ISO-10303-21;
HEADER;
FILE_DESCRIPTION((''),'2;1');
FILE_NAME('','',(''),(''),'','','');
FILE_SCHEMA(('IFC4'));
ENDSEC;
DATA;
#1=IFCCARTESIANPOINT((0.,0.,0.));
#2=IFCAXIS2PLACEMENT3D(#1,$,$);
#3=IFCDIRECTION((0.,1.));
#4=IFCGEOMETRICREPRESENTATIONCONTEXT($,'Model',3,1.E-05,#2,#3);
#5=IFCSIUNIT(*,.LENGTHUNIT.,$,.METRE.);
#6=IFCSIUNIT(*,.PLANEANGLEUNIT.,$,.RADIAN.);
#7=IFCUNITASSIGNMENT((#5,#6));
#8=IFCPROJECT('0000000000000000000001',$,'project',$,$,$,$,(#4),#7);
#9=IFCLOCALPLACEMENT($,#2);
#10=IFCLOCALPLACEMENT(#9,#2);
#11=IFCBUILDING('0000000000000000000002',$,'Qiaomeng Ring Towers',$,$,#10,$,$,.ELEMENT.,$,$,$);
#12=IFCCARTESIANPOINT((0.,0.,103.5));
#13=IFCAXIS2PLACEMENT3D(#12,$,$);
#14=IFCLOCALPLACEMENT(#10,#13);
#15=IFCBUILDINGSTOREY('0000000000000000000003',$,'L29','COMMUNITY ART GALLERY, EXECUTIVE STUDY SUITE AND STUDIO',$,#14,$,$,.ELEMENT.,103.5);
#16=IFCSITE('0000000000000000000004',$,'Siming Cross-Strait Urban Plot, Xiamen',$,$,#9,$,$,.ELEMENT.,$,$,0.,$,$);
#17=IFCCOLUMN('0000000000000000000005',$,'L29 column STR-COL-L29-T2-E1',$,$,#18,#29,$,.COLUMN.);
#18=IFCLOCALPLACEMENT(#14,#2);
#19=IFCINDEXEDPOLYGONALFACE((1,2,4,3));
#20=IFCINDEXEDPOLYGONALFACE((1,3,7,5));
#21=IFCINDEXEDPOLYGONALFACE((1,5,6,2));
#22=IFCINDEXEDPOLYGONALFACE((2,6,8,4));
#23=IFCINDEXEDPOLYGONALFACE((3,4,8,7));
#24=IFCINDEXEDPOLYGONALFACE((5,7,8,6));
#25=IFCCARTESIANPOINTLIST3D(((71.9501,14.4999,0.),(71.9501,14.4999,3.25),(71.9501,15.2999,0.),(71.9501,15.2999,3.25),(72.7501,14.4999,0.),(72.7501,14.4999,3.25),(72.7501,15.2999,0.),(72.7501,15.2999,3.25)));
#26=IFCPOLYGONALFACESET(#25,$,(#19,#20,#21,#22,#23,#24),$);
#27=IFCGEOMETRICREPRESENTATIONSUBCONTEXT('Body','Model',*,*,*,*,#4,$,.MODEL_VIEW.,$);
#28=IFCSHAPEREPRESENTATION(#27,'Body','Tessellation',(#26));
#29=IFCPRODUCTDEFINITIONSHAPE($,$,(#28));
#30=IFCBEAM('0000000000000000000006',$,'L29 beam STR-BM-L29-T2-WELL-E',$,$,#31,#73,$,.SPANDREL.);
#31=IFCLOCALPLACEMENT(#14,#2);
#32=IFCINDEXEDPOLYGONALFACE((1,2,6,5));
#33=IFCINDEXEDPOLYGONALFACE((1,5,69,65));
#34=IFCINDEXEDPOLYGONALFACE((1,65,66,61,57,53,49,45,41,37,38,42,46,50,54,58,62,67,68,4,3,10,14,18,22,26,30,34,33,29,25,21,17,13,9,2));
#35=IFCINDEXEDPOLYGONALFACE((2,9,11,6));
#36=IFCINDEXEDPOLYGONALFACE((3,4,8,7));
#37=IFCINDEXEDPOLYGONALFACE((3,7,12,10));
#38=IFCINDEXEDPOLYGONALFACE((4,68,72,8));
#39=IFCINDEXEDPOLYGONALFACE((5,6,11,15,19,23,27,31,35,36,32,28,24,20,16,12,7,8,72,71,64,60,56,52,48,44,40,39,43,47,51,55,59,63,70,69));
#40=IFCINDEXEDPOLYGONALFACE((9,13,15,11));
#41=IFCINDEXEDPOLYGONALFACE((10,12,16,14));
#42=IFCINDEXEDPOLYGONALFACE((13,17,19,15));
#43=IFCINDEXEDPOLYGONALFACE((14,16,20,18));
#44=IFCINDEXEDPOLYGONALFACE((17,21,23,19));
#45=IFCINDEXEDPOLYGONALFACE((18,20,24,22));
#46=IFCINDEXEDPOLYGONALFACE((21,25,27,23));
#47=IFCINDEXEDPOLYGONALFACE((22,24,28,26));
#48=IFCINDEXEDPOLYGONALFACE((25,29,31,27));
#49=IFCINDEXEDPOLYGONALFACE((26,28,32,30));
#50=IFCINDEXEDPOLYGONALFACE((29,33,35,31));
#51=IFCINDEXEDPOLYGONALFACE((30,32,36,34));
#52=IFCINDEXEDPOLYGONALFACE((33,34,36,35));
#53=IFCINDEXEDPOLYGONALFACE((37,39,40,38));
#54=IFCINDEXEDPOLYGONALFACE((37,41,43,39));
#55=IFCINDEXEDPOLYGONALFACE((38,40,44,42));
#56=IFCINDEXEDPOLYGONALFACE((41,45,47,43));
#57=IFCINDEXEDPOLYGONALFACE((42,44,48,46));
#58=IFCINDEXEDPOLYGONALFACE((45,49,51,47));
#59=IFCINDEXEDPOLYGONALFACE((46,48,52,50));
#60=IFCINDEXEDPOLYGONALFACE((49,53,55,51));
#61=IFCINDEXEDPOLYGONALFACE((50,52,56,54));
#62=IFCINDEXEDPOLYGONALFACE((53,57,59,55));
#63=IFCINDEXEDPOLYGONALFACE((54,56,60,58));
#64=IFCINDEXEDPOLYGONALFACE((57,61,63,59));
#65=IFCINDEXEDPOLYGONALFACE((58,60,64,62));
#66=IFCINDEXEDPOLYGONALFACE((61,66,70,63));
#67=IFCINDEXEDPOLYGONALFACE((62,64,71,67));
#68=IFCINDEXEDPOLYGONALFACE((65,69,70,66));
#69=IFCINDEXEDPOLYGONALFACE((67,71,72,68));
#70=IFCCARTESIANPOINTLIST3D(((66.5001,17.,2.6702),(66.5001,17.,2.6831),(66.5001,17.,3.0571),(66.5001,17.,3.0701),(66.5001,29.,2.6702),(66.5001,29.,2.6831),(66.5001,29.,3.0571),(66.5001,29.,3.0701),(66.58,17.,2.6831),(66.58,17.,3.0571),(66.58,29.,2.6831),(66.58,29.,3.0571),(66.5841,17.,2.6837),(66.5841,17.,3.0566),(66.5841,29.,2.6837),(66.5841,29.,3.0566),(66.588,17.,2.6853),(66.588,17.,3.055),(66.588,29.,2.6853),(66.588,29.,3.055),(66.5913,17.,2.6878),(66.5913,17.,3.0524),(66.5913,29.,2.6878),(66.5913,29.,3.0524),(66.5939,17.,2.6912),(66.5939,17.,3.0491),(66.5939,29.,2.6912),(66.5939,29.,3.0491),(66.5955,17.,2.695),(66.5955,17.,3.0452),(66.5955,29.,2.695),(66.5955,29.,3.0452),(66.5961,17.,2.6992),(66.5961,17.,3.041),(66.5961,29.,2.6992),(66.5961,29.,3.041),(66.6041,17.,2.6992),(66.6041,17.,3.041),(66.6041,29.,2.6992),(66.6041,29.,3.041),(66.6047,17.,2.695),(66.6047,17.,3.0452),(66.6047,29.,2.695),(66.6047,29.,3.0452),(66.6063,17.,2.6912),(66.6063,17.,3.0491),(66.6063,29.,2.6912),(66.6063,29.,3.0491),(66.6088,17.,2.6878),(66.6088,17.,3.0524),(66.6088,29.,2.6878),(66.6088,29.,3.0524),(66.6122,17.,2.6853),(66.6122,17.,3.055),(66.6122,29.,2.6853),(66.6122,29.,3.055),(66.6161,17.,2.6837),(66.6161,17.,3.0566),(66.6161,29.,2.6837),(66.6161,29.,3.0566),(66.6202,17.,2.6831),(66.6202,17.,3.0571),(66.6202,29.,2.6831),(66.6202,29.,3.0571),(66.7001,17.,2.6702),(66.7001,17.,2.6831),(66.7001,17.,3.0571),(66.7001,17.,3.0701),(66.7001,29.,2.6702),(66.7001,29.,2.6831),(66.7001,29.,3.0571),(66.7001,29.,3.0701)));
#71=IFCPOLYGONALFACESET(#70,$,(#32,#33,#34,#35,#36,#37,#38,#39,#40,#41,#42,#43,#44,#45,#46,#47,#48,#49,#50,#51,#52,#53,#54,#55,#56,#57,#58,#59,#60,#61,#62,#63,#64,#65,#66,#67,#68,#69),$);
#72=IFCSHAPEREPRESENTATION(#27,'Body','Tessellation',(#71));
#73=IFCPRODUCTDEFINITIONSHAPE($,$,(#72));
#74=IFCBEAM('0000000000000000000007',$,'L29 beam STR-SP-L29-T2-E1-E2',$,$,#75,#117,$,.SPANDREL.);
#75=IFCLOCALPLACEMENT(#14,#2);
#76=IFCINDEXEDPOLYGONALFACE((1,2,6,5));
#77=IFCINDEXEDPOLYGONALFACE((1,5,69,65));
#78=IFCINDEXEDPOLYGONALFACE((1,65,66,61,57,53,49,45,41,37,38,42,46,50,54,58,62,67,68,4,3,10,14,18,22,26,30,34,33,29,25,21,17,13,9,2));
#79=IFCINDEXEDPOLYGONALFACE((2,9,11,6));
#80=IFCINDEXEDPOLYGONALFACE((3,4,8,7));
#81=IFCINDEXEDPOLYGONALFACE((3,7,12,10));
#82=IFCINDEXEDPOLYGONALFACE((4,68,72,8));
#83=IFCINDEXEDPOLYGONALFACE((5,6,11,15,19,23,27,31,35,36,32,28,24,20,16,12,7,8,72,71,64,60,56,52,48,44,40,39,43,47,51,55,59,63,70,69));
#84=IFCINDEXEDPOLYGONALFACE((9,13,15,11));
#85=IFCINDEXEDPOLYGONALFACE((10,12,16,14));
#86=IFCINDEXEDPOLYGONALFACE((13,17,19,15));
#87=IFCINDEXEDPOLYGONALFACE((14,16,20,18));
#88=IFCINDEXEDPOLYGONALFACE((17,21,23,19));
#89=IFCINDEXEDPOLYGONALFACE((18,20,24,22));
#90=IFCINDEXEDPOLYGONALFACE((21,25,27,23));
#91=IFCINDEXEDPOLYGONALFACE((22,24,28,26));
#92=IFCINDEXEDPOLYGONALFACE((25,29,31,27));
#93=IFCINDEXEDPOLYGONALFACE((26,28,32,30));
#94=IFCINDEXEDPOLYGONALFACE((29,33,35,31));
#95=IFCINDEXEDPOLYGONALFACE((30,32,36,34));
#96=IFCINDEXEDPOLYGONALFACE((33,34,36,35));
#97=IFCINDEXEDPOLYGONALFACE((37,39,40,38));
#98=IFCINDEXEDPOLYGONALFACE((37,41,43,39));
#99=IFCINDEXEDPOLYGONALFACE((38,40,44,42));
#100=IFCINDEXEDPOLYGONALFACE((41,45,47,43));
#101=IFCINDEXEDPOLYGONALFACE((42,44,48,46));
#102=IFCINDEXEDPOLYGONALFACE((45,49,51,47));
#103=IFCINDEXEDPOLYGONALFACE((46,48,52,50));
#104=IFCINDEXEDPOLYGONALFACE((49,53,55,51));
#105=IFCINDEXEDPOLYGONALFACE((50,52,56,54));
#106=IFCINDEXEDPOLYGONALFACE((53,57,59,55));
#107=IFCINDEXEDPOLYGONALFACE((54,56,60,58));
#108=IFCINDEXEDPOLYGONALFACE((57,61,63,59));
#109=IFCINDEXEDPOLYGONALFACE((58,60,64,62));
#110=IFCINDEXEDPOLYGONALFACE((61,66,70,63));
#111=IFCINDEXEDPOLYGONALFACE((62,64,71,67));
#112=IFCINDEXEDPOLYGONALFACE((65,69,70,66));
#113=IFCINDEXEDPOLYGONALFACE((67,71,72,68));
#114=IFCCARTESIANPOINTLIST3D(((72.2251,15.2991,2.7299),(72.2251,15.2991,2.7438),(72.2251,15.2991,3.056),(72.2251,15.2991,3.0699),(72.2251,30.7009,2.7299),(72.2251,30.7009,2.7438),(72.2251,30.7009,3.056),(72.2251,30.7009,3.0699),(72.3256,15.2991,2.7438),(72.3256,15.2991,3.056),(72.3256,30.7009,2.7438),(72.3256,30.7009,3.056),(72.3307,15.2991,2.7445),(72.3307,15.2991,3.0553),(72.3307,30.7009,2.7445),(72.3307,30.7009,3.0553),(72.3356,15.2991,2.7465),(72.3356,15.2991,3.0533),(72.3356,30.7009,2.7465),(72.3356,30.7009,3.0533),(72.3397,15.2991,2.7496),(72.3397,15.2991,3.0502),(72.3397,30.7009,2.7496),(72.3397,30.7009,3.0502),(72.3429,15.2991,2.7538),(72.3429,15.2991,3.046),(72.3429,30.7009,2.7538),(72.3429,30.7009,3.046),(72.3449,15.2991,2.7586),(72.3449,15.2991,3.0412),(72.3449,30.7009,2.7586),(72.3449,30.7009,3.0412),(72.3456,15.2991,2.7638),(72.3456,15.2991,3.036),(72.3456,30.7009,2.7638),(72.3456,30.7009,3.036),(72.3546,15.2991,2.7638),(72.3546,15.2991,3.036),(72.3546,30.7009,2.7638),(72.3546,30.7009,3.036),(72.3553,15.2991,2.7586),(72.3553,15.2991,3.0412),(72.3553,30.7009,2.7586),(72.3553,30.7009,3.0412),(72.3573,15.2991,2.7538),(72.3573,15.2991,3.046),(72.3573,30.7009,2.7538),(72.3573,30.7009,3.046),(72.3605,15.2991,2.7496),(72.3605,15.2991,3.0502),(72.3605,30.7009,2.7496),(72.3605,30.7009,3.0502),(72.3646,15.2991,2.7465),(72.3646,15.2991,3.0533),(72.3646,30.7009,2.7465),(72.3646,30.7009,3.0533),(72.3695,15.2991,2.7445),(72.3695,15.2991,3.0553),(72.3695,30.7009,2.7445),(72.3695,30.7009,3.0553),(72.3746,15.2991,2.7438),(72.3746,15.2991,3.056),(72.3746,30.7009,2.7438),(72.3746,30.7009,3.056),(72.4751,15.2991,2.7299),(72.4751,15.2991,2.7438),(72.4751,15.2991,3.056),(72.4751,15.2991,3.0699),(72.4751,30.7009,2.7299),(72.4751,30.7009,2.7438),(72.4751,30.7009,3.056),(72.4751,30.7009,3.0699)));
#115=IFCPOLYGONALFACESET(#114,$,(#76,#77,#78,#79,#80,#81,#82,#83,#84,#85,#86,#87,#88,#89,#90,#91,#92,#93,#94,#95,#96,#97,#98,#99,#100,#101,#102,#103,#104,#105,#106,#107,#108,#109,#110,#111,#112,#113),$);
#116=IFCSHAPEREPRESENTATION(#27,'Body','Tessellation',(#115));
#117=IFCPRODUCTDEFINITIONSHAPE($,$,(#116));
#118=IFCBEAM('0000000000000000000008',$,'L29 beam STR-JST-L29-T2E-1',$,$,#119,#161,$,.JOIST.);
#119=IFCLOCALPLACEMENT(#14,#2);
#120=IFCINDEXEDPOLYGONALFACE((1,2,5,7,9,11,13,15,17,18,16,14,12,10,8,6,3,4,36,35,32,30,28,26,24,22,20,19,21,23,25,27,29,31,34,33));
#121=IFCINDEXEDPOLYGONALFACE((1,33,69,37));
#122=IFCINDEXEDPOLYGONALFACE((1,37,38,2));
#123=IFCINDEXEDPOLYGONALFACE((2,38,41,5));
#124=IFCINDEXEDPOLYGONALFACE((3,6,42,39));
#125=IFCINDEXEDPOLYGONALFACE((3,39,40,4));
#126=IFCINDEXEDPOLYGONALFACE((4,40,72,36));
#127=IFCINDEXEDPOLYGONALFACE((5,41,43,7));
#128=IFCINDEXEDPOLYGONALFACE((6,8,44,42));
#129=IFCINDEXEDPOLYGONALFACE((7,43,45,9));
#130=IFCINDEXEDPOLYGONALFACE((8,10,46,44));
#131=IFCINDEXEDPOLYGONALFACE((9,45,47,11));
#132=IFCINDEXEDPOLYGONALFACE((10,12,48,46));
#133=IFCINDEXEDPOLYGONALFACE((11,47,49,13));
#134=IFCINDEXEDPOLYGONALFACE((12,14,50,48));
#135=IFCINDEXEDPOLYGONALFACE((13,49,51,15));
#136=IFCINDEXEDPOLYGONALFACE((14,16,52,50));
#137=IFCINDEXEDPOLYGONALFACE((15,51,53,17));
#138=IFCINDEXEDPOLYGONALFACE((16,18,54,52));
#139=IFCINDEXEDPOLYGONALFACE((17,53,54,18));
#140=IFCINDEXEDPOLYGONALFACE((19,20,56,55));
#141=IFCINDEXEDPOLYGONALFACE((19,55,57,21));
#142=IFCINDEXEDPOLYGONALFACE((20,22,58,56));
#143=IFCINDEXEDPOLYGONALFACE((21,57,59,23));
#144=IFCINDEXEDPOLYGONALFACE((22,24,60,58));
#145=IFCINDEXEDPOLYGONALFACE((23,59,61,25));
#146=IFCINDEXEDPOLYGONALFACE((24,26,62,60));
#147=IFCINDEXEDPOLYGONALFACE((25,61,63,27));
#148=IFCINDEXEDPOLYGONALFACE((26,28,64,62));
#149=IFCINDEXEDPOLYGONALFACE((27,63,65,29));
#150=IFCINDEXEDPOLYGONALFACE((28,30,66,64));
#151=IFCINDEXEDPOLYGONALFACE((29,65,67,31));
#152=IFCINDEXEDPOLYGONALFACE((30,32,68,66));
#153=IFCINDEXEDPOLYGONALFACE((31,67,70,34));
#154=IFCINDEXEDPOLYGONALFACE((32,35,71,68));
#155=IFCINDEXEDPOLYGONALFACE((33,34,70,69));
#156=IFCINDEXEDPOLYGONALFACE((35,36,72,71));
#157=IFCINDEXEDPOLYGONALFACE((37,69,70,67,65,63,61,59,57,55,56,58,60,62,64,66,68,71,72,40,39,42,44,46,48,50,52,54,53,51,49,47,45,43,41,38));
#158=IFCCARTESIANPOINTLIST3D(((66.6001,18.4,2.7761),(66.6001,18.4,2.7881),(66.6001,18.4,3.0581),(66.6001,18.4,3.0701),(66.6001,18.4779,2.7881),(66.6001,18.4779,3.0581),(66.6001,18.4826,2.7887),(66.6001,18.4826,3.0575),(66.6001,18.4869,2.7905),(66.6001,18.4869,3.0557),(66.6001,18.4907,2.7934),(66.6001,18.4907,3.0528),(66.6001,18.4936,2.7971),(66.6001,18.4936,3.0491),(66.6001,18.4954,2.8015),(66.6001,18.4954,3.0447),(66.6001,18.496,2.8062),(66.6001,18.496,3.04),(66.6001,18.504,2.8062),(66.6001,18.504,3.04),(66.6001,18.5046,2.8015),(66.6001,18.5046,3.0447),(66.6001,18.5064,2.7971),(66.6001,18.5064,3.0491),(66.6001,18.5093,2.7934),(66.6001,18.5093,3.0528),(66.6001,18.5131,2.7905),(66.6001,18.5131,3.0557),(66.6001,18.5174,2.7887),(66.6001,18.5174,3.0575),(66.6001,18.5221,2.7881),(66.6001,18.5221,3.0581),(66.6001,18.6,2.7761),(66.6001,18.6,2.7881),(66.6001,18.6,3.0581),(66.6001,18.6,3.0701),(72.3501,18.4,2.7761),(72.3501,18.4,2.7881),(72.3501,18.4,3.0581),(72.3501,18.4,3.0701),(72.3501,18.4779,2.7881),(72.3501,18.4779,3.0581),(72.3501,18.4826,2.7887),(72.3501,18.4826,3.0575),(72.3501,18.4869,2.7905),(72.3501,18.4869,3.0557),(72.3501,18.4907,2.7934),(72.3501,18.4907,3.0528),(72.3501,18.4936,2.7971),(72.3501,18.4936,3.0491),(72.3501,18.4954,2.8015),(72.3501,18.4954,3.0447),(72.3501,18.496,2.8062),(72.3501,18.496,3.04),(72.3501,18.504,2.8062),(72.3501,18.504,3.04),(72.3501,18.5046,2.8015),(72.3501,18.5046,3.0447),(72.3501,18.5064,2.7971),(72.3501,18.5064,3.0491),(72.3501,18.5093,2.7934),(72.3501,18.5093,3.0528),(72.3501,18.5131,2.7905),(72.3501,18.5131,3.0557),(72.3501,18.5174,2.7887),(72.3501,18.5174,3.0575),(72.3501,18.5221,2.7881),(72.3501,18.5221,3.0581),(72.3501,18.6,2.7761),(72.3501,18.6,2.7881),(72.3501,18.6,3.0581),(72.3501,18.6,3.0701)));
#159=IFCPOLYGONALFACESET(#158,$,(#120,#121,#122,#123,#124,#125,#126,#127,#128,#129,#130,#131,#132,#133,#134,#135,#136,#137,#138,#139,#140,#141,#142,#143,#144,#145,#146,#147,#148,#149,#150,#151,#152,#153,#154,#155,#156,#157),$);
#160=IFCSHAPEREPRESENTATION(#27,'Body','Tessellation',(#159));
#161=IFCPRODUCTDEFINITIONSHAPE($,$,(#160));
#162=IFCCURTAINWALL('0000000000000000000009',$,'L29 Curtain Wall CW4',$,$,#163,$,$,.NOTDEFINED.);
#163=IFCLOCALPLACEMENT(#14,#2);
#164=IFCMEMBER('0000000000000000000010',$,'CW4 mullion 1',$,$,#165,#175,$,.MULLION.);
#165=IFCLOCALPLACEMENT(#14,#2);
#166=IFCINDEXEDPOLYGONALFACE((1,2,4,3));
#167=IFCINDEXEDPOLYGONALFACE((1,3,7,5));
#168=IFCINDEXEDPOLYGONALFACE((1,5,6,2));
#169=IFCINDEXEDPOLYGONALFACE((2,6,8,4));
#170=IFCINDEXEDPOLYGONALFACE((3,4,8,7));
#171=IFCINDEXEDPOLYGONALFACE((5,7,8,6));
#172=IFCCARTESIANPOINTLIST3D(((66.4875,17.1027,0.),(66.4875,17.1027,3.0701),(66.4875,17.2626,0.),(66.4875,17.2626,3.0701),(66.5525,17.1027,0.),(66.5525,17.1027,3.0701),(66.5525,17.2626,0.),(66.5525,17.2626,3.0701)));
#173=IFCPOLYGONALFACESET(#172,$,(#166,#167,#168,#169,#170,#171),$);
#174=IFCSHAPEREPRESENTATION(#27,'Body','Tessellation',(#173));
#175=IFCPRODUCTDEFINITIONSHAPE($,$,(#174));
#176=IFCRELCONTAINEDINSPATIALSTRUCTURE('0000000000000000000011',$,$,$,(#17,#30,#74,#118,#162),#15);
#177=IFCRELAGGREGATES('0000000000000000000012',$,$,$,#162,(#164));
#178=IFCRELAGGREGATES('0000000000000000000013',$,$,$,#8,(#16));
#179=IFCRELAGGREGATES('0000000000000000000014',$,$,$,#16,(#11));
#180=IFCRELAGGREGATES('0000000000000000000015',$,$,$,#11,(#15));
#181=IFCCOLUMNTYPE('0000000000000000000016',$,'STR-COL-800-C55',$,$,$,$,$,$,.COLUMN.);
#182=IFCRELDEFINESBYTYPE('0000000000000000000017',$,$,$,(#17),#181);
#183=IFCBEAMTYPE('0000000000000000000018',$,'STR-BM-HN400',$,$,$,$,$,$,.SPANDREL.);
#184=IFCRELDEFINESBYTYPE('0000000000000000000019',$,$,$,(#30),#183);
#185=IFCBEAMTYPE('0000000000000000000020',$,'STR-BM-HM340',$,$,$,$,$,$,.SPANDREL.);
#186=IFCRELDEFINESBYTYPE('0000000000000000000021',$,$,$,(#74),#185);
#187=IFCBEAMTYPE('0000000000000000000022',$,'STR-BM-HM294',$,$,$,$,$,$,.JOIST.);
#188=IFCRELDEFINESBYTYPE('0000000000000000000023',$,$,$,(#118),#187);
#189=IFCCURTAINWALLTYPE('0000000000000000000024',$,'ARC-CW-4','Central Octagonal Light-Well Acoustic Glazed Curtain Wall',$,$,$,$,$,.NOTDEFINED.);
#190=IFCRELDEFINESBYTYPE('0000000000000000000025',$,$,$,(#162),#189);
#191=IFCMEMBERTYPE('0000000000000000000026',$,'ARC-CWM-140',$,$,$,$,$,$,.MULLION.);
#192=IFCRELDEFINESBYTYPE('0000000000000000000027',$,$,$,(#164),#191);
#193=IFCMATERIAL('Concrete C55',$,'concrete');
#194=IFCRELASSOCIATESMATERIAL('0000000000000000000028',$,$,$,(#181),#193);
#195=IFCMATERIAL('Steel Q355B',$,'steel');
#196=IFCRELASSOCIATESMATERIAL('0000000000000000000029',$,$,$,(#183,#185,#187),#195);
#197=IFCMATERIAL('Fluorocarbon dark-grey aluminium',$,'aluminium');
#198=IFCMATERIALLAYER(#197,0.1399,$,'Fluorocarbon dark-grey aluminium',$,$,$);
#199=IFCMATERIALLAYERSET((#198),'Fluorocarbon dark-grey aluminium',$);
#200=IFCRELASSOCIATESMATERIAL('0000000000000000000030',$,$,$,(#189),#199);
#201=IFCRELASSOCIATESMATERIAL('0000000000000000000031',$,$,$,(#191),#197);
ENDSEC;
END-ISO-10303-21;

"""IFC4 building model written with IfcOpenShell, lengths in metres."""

from ifc_helpers import new_model, si_unit, direction, frame, origin, origin_2d, place, context, subcontext, project, spatial, rectangle, i_section, extrude, source, transform, mapped, material, layer, layer_set, material_profile, profile_set, type_object, element, aggregate, save


model = new_model("IFC4")

# Units and contexts
model_context = context("Model", 3, precision=1e-05, world=origin(), true_north=direction((0.0, 1.0)))
body_context = subcontext(model_context, "Body", "Model", "MODEL_VIEW")
ifc_project = project(units=[si_unit("LENGTHUNIT", "METRE"), si_unit("PLANEANGLEUNIT", "RADIAN")], contexts=[model_context])

# Site, building, storey
site_placement = place(None, origin())
site = spatial("IfcSite", under=ifc_project, at=site_placement, Name="Siming Cross-Strait Urban Plot, Xiamen", CompositionType="ELEMENT", RefElevation=0.0)
building_placement = place(site_placement, origin())
building = spatial("IfcBuilding", under=site, at=building_placement, Name="Qiaomeng Ring Towers", CompositionType="ELEMENT")
storey_placement = place(building_placement, frame((0.0, 0.0, 103.5)))
storey = spatial("IfcBuildingStorey", under=building, at=storey_placement, Name="L29", Description="COMMUNITY ART GALLERY, EXECUTIVE STUDY SUITE AND STUDIO", CompositionType="ELEMENT", Elevation=103.5)

# Column
ifc_material_1 = material(Name="Concrete C55", Category="concrete")
ifc_material_profile_1 = material_profile(ifc_material_1, rectangle(XDim=0.8, YDim=0.8, at=origin_2d()), Name="RC COL 800x800")
ifc_profile_set_1 = profile_set([ifc_material_profile_1], Name="Concrete C55")
column_type = type_object("IfcColumnType", Name="STR-COL-800-C55", PredefinedType="COLUMN", material=ifc_profile_set_1)
shared_shape_1 = source(origin(), body_context, "Body", "SweptSolid", [
    extrude(rectangle(XDim=0.8, YDim=0.8, at=origin_2d()), origin(), (0.0, 0.0, 1.0), 3.25),
])
column_placement = place(storey_placement, frame((72.3501, 14.8999, 0.0), z_axis=(0.0, 0.0, 1.0), x_axis=(1.0, 0.0, 0.0)))
element("IfcColumn", 1, at=column_placement, inside=storey, type_object=column_type, Name="L29 column STR-COL-L29-T2-E1", PredefinedType="COLUMN", context=body_context, shape_type="MappedRepresentation", body=[
    mapped(shared_shape_1, transform((0.0, 0.0, 0.0), x_axis=(1.0, 0.0, 0.0), y_axis=(0.0, 1.0, 0.0), z_axis=(0.0, 0.0, 1.0), scale=1.0)),
])

# Beams
ifc_material_2 = material(Name="Steel Q355B", Category="steel")
ifc_material_profile_2 = material_profile(ifc_material_2, i_section(OverallWidth=0.2, OverallDepth=0.3999, WebThickness=0.0081, FlangeThickness=0.0129, FilletRadius=0.0161, at=origin_2d()), Name="HN 400x200x8x13")
ifc_profile_set_2 = profile_set([ifc_material_profile_2], Name="Steel Q355B")
beam_type_1 = type_object("IfcBeamType", Name="STR-BM-HN400", PredefinedType="SPANDREL", material=ifc_profile_set_2)
shared_shape_2 = source(origin(), body_context, "Body", "SweptSolid", [
    extrude(i_section(OverallWidth=0.2, OverallDepth=0.3999, WebThickness=0.0081, FlangeThickness=0.0129, FilletRadius=0.0161, at=origin_2d()), origin(), (0.0, 0.0, 1.0), 12.0),
])
beam_1_placement = place(storey_placement, frame((66.6001, 17.0, 2.8701), z_axis=(0.0, 1.0, 0.0), x_axis=(-1.0, 0.0, 0.0)))
element("IfcBeam", 2, at=beam_1_placement, inside=storey, type_object=beam_type_1, Name="L29 beam STR-BM-L29-T2-WELL-E", PredefinedType="SPANDREL", context=body_context, shape_type="MappedRepresentation", body=[
    mapped(shared_shape_2, transform((0.0, 0.0, 0.0), x_axis=(1.0, 0.0, 0.0), y_axis=(0.0, 1.0, 0.0), z_axis=(0.0, 0.0, 1.0), scale=1.0)),
])
ifc_material_profile_3 = material_profile(ifc_material_2, i_section(OverallWidth=0.25, OverallDepth=0.3401, WebThickness=0.009, FlangeThickness=0.0139, FilletRadius=0.02, at=origin_2d()), Name="HM 340x250x9x14")
ifc_profile_set_3 = profile_set([ifc_material_profile_3], Name="Steel Q355B")
beam_type_2 = type_object("IfcBeamType", Name="STR-BM-HM340", PredefinedType="SPANDREL", material=ifc_profile_set_3)
shared_shape_3 = source(origin(), body_context, "Body", "SweptSolid", [
    extrude(i_section(OverallWidth=0.25, OverallDepth=0.3401, WebThickness=0.009, FlangeThickness=0.0139, FilletRadius=0.02, at=origin_2d()), origin(), (0.0, 0.0, 1.0), 15.4019),
])
beam_2_placement = place(storey_placement, frame((72.3501, 15.2991, 2.8999), z_axis=(0.0, 1.0, 0.0), x_axis=(-1.0, 0.0, 0.0)))
element("IfcBeam", 3, at=beam_2_placement, inside=storey, type_object=beam_type_2, Name="L29 beam STR-SP-L29-T2-E1-E2", PredefinedType="SPANDREL", context=body_context, shape_type="MappedRepresentation", body=[
    mapped(shared_shape_3, transform((0.0, 0.0, 0.0), x_axis=(1.0, 0.0, 0.0), y_axis=(0.0, 1.0, 0.0), z_axis=(0.0, 0.0, 1.0), scale=1.0)),
])
ifc_material_profile_4 = material_profile(ifc_material_2, i_section(OverallWidth=0.2, OverallDepth=0.2939, WebThickness=0.0081, FlangeThickness=0.012, FilletRadius=0.0181, at=origin_2d()), Name="HM 294x200x8x12")
ifc_profile_set_4 = profile_set([ifc_material_profile_4], Name="Steel Q355B")
beam_type_3 = type_object("IfcBeamType", Name="STR-BM-HM294", PredefinedType="JOIST", material=ifc_profile_set_4)
shared_shape_4 = source(origin(), body_context, "Body", "SweptSolid", [
    extrude(i_section(OverallWidth=0.2, OverallDepth=0.2939, WebThickness=0.0081, FlangeThickness=0.012, FilletRadius=0.0181, at=origin_2d()), origin(), (0.0, 0.0, 1.0), 5.75),
])
beam_3_placement = place(storey_placement, frame((66.6001, 18.5, 2.9231), z_axis=(1.0, 0.0, 0.0), x_axis=(0.0, 1.0, 0.0)))
element("IfcBeam", 4, at=beam_3_placement, inside=storey, type_object=beam_type_3, Name="L29 beam STR-JST-L29-T2E-1", PredefinedType="JOIST", context=body_context, shape_type="MappedRepresentation", body=[
    mapped(shared_shape_4, transform((0.0, 0.0, 0.0), x_axis=(1.0, 0.0, 0.0), y_axis=(0.0, 1.0, 0.0), z_axis=(0.0, 0.0, 1.0), scale=1.0)),
])

# Curtain wall, member
ifc_material_3 = material(Name="Fluorocarbon dark-grey aluminium", Category="aluminium")
ifc_layer_1 = layer(ifc_material_3, 0.1399, Name="Fluorocarbon dark-grey aluminium")
ifc_layer_set_1 = layer_set([ifc_layer_1], Name="Fluorocarbon dark-grey aluminium")
curtain_wall_type = type_object("IfcCurtainWallType", Name="ARC-CW-4", Description="Central Octagonal Light-Well Acoustic Glazed Curtain Wall", PredefinedType="NOTDEFINED", material=ifc_layer_set_1)
curtain_wall_placement = place(storey_placement, origin())
curtain_wall = element("IfcCurtainWall", 5, at=curtain_wall_placement, inside=storey, type_object=curtain_wall_type, Name="L29 Curtain Wall CW4", PredefinedType="NOTDEFINED")
ifc_material_profile_5 = material_profile(ifc_material_3, rectangle(XDim=0.0649, YDim=0.1599, at=origin_2d()), Name="ALU MULL 65x160")
ifc_profile_set_5 = profile_set([ifc_material_profile_5], Name="Fluorocarbon dark-grey aluminium")
member_type_1 = type_object("IfcMemberType", Name="ARC-CWM-140", PredefinedType="MULLION", material=ifc_profile_set_5)
shared_shape_5 = source(origin(), body_context, "Body", "SweptSolid", [
    extrude(rectangle(XDim=0.0649, YDim=0.1599, at=origin_2d()), origin(), (0.0, 0.0, 1.0), 3.0701),
])
member_1_placement = place(storey_placement, frame((66.52, 17.1826, 0.0), z_axis=(0.0, 0.0, 1.0), x_axis=(-1.0, 0.0, 0.0)))
member_1 = element("IfcMember", 6, at=member_1_placement, type_object=member_type_1, Name="CW4 mullion 1", PredefinedType="MULLION", context=body_context, shape_type="MappedRepresentation", body=[
    mapped(shared_shape_5, transform((0.0, 0.0, 0.0), x_axis=(1.0, 0.0, 0.0), y_axis=(0.0, 1.0, 0.0), z_axis=(0.0, 0.0, 1.0), scale=1.0)),
])
aggregate(curtain_wall, [member_1])

save(model, "model.ifc")
